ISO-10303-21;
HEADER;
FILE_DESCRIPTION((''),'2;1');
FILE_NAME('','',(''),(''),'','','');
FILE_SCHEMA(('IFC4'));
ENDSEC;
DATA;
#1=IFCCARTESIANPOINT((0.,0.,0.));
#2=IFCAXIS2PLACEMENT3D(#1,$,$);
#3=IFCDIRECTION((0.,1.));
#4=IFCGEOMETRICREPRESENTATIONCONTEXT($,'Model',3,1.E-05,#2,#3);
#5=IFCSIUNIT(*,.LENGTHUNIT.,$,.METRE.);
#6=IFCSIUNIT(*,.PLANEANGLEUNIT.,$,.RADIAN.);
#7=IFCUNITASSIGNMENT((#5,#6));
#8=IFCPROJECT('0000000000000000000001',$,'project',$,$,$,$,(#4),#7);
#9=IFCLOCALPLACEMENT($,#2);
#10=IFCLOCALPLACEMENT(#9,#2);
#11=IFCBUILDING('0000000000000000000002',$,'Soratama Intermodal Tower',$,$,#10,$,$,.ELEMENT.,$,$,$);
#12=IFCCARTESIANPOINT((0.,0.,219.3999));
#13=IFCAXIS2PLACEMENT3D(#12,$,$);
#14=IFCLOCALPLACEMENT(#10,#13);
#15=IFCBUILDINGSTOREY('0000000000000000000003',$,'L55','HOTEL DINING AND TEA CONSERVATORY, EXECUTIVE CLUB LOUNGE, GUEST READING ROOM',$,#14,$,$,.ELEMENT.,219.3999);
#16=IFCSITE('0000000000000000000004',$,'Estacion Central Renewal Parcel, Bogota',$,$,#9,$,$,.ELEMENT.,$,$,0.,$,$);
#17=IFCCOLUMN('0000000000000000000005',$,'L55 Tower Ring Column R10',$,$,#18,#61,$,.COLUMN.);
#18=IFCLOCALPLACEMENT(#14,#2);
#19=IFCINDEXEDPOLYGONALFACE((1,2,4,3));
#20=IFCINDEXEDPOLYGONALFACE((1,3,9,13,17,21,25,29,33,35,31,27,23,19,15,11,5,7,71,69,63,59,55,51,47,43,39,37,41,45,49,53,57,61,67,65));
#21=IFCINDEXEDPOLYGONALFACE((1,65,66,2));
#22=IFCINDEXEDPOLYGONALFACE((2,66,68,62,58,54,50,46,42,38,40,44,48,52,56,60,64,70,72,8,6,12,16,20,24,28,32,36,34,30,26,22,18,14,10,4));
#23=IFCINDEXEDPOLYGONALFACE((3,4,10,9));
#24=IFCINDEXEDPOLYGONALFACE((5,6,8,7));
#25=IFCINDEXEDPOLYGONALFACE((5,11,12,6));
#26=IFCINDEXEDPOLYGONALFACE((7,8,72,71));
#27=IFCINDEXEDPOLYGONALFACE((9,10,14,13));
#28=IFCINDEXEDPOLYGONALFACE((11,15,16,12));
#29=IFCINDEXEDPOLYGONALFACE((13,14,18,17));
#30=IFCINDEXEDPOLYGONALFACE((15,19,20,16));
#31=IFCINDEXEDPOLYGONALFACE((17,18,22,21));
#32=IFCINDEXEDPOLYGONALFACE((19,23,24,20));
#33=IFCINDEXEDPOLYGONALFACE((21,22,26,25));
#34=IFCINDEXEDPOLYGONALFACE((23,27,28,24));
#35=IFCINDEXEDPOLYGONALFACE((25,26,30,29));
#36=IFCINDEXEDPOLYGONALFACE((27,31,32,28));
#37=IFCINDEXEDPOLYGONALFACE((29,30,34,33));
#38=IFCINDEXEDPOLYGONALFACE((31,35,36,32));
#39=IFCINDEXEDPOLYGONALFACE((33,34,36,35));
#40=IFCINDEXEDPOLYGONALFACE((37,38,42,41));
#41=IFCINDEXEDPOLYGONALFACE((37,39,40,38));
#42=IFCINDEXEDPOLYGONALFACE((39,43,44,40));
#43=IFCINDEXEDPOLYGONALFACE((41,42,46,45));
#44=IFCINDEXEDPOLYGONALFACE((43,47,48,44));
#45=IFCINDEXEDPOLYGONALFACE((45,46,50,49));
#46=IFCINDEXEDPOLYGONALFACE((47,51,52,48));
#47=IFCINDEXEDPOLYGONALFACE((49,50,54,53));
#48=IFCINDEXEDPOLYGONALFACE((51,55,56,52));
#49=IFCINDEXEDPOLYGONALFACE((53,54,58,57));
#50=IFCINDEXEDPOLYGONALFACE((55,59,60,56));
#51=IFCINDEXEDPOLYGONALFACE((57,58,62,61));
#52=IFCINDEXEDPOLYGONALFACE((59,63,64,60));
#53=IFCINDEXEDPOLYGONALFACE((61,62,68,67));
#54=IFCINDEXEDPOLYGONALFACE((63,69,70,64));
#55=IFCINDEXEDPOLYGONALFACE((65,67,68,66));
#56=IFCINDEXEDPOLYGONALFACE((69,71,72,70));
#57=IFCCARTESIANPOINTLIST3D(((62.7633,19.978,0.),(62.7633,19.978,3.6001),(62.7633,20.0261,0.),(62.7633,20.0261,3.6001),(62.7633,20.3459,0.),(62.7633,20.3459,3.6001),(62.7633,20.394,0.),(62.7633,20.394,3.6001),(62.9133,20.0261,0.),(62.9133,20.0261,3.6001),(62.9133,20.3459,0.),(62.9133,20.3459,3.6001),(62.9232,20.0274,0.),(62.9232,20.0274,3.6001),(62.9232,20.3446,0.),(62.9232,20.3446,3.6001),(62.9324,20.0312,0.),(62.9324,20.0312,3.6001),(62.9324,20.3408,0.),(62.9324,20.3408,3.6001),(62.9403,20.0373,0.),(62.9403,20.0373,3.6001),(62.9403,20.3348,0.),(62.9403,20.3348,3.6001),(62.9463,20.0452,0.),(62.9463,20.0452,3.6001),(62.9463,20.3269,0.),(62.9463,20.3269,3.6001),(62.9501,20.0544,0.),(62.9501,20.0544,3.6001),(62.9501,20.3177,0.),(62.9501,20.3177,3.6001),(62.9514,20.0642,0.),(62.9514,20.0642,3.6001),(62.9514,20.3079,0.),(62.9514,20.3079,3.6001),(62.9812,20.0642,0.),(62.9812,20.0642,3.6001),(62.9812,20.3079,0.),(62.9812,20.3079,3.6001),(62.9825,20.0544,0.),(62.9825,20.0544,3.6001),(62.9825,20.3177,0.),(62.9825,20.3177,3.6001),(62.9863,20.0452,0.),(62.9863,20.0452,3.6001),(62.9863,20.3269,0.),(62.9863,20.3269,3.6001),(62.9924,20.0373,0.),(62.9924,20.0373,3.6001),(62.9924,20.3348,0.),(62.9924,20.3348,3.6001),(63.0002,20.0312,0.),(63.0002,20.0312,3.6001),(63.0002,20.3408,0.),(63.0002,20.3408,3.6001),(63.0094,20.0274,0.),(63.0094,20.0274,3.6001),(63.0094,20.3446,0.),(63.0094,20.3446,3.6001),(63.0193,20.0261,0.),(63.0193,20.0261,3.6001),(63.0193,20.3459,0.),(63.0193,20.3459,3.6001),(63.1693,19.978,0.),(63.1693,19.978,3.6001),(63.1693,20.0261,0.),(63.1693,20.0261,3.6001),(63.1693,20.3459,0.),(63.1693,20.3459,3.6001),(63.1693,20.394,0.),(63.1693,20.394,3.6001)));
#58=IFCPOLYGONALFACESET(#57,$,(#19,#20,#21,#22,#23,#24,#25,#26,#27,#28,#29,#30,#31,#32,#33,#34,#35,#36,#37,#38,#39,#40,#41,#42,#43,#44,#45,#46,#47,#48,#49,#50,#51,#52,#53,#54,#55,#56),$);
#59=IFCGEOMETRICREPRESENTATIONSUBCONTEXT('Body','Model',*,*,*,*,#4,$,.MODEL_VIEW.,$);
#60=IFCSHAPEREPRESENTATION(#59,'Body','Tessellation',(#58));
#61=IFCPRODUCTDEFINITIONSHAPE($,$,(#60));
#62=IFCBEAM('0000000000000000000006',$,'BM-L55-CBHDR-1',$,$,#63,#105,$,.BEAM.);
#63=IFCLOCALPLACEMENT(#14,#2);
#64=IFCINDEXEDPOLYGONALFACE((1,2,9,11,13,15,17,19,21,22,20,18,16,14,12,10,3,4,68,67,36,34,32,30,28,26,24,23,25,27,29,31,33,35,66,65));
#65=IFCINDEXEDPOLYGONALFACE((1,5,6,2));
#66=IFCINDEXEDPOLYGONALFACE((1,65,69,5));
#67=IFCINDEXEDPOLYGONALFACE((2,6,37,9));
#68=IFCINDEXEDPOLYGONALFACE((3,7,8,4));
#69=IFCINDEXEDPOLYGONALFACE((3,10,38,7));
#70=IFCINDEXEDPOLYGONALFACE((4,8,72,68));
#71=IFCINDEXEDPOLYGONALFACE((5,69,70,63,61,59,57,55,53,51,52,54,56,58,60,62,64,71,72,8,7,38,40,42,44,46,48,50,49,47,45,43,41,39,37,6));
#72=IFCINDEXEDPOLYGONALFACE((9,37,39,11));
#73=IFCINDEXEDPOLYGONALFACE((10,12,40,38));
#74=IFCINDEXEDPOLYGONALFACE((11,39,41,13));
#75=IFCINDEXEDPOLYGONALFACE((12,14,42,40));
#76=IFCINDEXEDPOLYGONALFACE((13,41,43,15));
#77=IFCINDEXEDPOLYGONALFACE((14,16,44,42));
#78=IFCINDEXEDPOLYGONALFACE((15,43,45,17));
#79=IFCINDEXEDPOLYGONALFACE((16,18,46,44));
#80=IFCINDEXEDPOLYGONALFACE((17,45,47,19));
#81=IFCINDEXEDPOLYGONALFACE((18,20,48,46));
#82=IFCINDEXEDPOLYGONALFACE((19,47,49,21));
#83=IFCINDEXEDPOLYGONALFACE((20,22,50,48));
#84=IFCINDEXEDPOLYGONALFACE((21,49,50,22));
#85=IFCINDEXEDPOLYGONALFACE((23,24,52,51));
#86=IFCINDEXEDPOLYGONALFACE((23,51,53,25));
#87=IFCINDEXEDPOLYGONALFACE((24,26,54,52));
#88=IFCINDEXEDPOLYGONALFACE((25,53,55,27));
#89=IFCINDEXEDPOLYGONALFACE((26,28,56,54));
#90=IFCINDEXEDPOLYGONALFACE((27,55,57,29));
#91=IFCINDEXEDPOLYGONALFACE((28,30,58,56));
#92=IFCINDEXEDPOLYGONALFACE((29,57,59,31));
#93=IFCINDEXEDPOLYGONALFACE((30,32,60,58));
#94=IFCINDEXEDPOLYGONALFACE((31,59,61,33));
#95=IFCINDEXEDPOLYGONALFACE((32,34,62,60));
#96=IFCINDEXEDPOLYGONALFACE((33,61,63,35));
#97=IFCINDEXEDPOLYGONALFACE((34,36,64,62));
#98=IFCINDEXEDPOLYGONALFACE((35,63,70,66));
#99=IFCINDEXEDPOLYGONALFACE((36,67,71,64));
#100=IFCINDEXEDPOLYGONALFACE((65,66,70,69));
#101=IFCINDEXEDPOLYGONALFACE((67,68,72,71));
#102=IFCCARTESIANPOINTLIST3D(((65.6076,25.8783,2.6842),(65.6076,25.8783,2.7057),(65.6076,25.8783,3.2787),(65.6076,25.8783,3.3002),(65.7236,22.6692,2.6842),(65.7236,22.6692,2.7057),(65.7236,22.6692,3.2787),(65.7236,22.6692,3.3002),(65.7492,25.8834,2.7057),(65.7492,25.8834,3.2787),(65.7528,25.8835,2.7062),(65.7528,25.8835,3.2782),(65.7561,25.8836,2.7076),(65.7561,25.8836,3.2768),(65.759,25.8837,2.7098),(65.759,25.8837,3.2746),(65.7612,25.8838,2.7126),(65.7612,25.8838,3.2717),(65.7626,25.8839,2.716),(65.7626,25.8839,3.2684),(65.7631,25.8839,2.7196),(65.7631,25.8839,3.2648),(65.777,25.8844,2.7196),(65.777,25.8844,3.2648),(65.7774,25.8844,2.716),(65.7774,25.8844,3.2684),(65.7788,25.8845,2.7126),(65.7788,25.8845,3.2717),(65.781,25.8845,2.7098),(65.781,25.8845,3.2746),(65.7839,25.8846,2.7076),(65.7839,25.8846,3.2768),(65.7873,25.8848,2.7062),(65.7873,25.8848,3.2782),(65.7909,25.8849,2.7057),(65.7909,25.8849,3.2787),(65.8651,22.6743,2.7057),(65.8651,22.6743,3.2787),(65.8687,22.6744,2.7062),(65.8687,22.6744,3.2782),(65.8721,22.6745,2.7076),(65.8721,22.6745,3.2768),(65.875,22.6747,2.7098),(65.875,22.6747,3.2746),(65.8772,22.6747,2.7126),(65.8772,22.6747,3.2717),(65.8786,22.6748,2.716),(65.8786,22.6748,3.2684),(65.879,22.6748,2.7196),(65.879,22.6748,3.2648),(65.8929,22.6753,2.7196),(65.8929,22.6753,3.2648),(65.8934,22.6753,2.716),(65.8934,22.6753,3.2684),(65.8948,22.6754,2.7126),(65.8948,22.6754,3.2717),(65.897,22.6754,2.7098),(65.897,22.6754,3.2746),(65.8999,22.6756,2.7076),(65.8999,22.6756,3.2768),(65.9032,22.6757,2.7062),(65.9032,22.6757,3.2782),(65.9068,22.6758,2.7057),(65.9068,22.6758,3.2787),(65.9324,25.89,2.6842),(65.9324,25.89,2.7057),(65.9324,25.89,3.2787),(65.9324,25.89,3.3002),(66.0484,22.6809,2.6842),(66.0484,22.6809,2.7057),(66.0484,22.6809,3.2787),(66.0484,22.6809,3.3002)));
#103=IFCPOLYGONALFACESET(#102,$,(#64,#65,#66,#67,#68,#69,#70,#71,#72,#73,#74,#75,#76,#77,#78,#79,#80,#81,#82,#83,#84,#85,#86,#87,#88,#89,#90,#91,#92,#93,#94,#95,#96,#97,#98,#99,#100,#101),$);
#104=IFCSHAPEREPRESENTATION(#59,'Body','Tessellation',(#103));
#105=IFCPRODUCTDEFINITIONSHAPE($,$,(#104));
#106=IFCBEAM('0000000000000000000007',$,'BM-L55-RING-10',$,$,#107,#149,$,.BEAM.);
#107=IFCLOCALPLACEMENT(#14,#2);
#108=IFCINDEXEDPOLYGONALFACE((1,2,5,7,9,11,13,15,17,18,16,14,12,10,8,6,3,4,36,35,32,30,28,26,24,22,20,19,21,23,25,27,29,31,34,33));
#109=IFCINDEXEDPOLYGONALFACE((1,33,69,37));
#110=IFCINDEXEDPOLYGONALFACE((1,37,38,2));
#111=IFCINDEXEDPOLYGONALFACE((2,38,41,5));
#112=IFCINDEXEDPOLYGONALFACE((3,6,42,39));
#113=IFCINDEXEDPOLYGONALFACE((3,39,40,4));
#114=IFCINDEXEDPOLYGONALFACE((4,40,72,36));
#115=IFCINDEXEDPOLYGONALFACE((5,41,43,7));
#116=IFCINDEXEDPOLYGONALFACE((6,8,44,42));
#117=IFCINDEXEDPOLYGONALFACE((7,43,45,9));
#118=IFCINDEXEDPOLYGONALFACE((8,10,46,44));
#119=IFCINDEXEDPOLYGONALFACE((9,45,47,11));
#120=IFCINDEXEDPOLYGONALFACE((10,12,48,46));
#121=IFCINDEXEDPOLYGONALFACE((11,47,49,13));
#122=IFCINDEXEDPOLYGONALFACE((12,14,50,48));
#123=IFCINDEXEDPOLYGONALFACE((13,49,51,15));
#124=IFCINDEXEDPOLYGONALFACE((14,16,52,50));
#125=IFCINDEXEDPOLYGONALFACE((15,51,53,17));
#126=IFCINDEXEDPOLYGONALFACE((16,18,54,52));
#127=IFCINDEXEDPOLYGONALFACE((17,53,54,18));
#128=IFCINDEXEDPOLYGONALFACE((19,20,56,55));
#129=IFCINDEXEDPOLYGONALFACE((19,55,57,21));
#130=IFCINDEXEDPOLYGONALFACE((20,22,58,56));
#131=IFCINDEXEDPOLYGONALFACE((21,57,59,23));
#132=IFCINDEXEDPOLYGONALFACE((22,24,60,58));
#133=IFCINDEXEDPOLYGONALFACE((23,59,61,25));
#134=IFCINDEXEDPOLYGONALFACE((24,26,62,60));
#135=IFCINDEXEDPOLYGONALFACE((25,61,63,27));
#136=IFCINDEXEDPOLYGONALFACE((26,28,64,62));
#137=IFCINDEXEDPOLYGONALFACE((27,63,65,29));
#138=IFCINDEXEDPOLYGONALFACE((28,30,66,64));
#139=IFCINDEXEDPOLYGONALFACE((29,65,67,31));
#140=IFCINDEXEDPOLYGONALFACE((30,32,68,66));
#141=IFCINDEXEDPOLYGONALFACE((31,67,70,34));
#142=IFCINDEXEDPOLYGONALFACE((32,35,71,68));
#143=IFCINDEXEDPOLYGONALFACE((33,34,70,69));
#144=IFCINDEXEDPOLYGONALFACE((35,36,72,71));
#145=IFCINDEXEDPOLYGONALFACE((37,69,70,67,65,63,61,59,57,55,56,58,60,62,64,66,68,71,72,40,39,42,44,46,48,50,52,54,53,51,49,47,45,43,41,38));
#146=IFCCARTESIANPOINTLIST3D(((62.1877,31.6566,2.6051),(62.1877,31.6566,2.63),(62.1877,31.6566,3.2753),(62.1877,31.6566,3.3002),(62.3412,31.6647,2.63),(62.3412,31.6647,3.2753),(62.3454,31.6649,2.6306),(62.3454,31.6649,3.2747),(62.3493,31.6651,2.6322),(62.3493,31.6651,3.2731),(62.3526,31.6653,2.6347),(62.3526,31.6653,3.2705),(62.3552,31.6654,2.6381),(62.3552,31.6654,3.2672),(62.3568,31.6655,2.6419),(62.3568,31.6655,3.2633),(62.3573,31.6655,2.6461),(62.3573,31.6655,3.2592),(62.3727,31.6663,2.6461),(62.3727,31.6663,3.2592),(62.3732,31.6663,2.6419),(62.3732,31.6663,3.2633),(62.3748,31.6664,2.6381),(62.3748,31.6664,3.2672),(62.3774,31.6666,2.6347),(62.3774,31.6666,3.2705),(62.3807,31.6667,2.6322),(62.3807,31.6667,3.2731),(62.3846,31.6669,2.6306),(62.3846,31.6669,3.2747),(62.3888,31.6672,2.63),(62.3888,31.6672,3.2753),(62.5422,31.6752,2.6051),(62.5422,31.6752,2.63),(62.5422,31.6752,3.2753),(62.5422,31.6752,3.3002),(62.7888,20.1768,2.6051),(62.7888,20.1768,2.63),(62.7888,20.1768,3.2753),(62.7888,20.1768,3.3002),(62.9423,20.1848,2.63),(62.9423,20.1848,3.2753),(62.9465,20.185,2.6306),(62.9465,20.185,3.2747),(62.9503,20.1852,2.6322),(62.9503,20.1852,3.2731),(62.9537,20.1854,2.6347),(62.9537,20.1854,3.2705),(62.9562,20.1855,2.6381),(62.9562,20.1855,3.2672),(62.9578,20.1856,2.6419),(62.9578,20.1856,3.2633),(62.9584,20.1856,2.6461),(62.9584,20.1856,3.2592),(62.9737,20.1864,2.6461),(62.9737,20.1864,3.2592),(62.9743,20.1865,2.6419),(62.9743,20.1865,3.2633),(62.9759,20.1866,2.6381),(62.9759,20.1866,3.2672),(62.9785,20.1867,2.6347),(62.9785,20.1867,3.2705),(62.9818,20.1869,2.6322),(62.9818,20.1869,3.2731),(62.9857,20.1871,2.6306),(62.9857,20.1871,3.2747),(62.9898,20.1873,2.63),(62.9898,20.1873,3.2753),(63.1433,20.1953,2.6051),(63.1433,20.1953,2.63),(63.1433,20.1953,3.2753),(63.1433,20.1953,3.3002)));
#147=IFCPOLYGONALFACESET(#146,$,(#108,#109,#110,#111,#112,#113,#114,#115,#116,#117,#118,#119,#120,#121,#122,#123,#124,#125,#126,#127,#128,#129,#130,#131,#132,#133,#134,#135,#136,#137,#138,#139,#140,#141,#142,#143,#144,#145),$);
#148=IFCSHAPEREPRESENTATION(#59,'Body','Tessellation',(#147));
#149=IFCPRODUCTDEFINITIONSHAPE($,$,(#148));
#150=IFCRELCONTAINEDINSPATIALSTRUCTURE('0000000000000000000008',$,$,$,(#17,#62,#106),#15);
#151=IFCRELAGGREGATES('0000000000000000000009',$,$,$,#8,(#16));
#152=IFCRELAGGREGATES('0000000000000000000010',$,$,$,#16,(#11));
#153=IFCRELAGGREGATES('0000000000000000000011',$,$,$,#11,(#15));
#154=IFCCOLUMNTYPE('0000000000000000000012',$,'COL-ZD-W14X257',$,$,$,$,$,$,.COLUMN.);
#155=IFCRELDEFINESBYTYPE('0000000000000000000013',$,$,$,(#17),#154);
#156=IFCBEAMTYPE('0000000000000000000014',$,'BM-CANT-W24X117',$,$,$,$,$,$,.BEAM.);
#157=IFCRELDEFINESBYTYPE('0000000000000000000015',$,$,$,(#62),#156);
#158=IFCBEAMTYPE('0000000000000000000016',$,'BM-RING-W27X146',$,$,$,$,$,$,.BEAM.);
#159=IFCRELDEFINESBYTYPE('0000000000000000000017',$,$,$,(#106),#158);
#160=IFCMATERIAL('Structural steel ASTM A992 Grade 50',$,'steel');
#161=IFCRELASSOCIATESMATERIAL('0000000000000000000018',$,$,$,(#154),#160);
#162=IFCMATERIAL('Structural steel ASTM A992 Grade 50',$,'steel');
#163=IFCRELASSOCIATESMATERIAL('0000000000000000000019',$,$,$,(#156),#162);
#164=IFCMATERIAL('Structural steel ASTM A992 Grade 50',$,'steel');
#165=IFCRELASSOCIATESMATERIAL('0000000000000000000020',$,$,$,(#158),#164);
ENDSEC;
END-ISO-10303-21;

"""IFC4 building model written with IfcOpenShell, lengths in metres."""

from ifc_helpers import new_model, si_unit, direction, frame, origin, origin_2d, place, context, subcontext, project, spatial, i_section, extrude, material, material_profile, profile_set, type_object, element, save


model = new_model("IFC4")

# Units and contexts
model_context = context("Model", 3, precision=1e-05, world=origin(), true_north=direction((0.0, 1.0)))
body_context = subcontext(model_context, "Body", "Model", "MODEL_VIEW")
ifc_project = project(units=[si_unit("LENGTHUNIT", "METRE"), si_unit("PLANEANGLEUNIT", "RADIAN")], contexts=[model_context])

# Site, building, storey
site_placement = place(None, origin())
site = spatial("IfcSite", under=ifc_project, at=site_placement, Name="Estacion Central Renewal Parcel, Bogota", CompositionType="ELEMENT", RefElevation=0.0)
building_placement = place(site_placement, origin())
building = spatial("IfcBuilding", under=site, at=building_placement, Name="Soratama Intermodal Tower", CompositionType="ELEMENT")
storey_placement = place(building_placement, frame((0.0, 0.0, 219.3999)))
storey = spatial("IfcBuildingStorey", under=building, at=storey_placement, Name="L55", Description="HOTEL DINING AND TEA CONSERVATORY, EXECUTIVE CLUB LOUNGE, GUEST READING ROOM", CompositionType="ELEMENT", Elevation=219.3999)

# Column
ifc_material_1 = material(Name="Structural steel ASTM A992 Grade 50", Category="steel")
ifc_material_profile_1 = material_profile(ifc_material_1, i_section(OverallWidth=0.406, OverallDepth=0.416, WebThickness=0.0298, FlangeThickness=0.0481, FilletRadius=0.0381, at=origin_2d()), Name="W14X257")
ifc_profile_set_1 = profile_set([ifc_material_profile_1], Name="Structural steel ASTM A992 Grade 50")
column_type = type_object("IfcColumnType", Name="COL-ZD-W14X257", PredefinedType="COLUMN", material=ifc_profile_set_1)
column_placement = place(storey_placement, frame((62.9663, 20.186, 0.0), z_axis=(0.0, 0.0, 1.0), x_axis=(1.0, 0.0, 0.0)))
element("IfcColumn", 1, at=column_placement, inside=storey, type_object=column_type, Name="L55 Tower Ring Column R10", PredefinedType="COLUMN", context=body_context, shape_type="SweptSolid", body=[
    extrude(i_section(OverallWidth=0.406, OverallDepth=0.416, WebThickness=0.0298, FlangeThickness=0.0481, FilletRadius=0.0381, at=origin_2d()), origin(), (0.0, 0.0, 1.0), 3.6001),
])

# Beams
ifc_material_2 = material(Name="Structural steel ASTM A992 Grade 50", Category="steel")
ifc_material_profile_2 = material_profile(ifc_material_2, i_section(OverallWidth=0.325, OverallDepth=0.616, WebThickness=0.0139, FlangeThickness=0.0215, FilletRadius=0.0139, at=origin_2d()), Name="W24X117")
ifc_profile_set_2 = profile_set([ifc_material_profile_2], Name="Structural steel ASTM A992 Grade 50")
beam_type_1 = type_object("IfcBeamType", Name="BM-CANT-W24X117", PredefinedType="BEAM", material=ifc_profile_set_2)
beam_1_placement = place(storey_placement, frame((65.886, 22.675, 2.9922), z_axis=(-0.036115, 0.999348, 0.0), x_axis=(-0.999348, -0.036115, 0.0)))
element("IfcBeam", 2, at=beam_1_placement, inside=storey, type_object=beam_type_1, Name="BM-L55-CBHDR-1", PredefinedType="BEAM", context=body_context, shape_type="SweptSolid", body=[
    extrude(i_section(OverallWidth=0.325, OverallDepth=0.616, WebThickness=0.0139, FlangeThickness=0.0215, FilletRadius=0.0139, at=origin_2d()), origin(), (0.0, 0.0, 1.0), 3.2112),
])
ifc_material_3 = material(Name="Structural steel ASTM A992 Grade 50", Category="steel")
ifc_material_profile_3 = material_profile(ifc_material_3, i_section(OverallWidth=0.355, OverallDepth=0.6951, WebThickness=0.0154, FlangeThickness=0.0249, FilletRadius=0.0161, at=origin_2d()), Name="W27X146")
ifc_profile_set_3 = profile_set([ifc_material_profile_3], Name="Structural steel ASTM A992 Grade 50")
beam_type_2 = type_object("IfcBeamType", Name="BM-RING-W27X146", PredefinedType="BEAM", material=ifc_profile_set_3)
beam_2_placement = place(storey_placement, frame((62.9661, 20.186, 2.9526), z_axis=(-0.052287, 0.998632, 0.0), x_axis=(-0.998632, -0.052287, 0.0)))
element("IfcBeam", 3, at=beam_2_placement, inside=storey, type_object=beam_type_2, Name="BM-L55-RING-10", PredefinedType="BEAM", context=body_context, shape_type="SweptSolid", body=[
    extrude(i_section(OverallWidth=0.355, OverallDepth=0.6951, WebThickness=0.0154, FlangeThickness=0.0249, FilletRadius=0.0161, at=origin_2d()), origin(), (0.0, 0.0, 1.0), 11.4956),
])

save(model, "model.ifc")
